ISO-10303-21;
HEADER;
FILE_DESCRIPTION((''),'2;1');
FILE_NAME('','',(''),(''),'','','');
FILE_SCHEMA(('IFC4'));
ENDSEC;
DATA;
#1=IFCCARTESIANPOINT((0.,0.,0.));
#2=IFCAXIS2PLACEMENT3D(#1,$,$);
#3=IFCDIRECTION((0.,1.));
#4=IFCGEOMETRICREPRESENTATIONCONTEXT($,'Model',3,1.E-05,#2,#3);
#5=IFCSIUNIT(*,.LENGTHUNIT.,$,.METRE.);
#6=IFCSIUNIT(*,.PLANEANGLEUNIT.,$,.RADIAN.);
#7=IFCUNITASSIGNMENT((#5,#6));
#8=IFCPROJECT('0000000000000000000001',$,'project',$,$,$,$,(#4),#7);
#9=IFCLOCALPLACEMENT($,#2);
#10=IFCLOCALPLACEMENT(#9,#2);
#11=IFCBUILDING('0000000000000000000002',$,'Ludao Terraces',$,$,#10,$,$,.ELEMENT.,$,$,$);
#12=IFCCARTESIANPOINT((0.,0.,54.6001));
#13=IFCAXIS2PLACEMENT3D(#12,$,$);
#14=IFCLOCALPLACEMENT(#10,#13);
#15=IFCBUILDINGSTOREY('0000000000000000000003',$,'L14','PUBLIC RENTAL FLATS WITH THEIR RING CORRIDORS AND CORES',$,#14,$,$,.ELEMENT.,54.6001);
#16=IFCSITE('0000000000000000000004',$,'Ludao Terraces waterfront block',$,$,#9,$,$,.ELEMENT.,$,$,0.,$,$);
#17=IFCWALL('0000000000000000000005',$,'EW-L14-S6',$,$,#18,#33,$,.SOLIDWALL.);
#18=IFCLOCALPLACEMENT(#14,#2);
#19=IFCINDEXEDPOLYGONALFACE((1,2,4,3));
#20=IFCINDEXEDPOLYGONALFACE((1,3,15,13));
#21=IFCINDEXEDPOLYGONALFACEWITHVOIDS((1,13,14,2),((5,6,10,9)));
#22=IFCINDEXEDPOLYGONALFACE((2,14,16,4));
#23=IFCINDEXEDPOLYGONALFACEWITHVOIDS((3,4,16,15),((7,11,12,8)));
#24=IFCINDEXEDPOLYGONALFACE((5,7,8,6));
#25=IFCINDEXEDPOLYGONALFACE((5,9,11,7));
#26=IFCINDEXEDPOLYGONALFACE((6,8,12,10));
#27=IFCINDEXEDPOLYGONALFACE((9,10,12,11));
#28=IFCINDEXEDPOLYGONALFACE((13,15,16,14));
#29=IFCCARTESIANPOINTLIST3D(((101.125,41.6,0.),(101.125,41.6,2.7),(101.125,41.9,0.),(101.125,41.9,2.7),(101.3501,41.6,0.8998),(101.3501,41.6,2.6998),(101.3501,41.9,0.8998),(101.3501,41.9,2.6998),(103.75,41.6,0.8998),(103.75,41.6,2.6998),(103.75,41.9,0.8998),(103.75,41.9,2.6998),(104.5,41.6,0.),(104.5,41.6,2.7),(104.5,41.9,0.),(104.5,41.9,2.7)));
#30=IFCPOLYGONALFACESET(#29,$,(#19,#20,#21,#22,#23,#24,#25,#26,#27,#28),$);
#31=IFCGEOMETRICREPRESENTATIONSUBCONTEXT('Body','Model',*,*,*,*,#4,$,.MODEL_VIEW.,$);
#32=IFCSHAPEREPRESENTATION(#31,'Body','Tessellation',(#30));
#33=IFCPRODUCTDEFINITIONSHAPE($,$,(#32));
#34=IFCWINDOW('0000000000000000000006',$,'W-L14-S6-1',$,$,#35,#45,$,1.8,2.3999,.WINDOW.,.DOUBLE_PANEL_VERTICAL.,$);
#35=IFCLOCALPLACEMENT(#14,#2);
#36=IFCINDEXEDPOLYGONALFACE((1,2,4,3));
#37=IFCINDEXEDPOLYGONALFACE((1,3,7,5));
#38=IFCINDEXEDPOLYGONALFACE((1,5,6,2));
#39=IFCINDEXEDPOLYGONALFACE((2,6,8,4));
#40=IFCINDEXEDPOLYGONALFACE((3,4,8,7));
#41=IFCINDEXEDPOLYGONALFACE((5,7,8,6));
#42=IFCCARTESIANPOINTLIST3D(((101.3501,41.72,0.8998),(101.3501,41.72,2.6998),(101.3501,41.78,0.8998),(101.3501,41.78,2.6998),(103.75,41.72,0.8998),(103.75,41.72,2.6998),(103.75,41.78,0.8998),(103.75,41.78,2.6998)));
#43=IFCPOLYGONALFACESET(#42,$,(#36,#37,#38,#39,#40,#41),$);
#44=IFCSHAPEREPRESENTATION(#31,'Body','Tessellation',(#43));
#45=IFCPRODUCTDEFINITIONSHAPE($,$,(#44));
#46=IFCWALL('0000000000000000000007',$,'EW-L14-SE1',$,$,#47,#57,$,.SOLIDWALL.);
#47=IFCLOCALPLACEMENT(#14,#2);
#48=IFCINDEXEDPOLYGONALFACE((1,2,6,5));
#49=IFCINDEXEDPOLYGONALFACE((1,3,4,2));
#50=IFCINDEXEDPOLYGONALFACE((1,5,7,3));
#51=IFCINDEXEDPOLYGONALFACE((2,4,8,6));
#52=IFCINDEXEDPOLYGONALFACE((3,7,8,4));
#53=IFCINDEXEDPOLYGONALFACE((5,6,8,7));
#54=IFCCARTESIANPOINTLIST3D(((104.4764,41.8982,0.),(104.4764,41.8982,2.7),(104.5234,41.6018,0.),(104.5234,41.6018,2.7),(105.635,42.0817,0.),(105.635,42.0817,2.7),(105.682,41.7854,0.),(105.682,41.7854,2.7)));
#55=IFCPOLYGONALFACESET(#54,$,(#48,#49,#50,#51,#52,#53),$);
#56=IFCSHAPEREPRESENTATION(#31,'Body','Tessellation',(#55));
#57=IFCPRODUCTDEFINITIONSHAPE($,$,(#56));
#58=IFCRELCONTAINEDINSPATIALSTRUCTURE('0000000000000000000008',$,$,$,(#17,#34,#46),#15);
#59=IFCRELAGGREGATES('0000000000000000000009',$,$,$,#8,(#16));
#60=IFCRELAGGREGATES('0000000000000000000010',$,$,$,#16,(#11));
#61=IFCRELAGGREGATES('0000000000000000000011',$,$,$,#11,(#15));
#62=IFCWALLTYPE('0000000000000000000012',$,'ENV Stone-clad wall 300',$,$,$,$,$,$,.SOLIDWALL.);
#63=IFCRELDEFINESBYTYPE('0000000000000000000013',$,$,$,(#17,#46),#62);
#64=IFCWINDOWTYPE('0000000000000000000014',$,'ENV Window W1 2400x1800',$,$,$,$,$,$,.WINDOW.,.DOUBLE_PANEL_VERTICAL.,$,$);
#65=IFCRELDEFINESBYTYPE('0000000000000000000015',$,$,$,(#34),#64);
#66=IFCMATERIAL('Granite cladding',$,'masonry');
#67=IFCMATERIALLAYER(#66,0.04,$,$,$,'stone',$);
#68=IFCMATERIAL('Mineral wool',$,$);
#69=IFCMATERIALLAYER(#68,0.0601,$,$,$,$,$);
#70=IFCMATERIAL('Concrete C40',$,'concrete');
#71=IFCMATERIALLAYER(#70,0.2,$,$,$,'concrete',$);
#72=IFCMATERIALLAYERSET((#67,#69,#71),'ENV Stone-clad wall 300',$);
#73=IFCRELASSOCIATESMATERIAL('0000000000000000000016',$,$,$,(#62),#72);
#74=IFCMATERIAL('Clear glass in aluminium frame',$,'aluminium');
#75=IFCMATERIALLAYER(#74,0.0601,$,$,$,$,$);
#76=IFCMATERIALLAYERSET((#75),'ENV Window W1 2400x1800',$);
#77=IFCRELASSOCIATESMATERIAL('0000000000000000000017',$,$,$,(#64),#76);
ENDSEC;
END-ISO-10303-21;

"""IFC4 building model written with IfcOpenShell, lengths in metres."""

from ifc_helpers import new_model, si_unit, direction, frame, frame_2d, origin, place, context, subcontext, project, spatial, rectangle, extrude, material, layer, layer_set, type_object, element, fill, save


model = new_model("IFC4")

# Units and contexts
model_context = context("Model", 3, precision=1e-05, world=origin(), true_north=direction((0.0, 1.0)))
body_context = subcontext(model_context, "Body", "Model", "MODEL_VIEW")
ifc_project = project(units=[si_unit("LENGTHUNIT", "METRE"), si_unit("PLANEANGLEUNIT", "RADIAN")], contexts=[model_context])

# Site, building, storey
site_placement = place(None, origin())
site = spatial("IfcSite", under=ifc_project, at=site_placement, Name="Ludao Terraces waterfront block", CompositionType="ELEMENT", RefElevation=0.0)
building_placement = place(site_placement, origin())
building = spatial("IfcBuilding", under=site, at=building_placement, Name="Ludao Terraces", CompositionType="ELEMENT")
storey_placement = place(building_placement, frame((0.0, 0.0, 54.6001)))
storey = spatial("IfcBuildingStorey", under=building, at=storey_placement, Name="L14", Description="PUBLIC RENTAL FLATS WITH THEIR RING CORRIDORS AND CORES", CompositionType="ELEMENT", Elevation=54.6001)

# Wall, opening, window
ifc_material_1 = material(Name="Granite cladding", Category="masonry")
ifc_layer_1 = layer(ifc_material_1, 0.04, Category="stone")
ifc_material_2 = material(Name="Mineral wool")
ifc_layer_2 = layer(ifc_material_2, 0.0601)
ifc_material_3 = material(Name="Concrete C40", Category="concrete")
ifc_layer_3 = layer(ifc_material_3, 0.2, Category="concrete")
ifc_layer_set_1 = layer_set([ifc_layer_1, ifc_layer_2, ifc_layer_3], Name="ENV Stone-clad wall 300")
wall_type_1 = type_object("IfcWallType", Name="ENV Stone-clad wall 300", PredefinedType="SOLIDWALL", material=ifc_layer_set_1)
wall_1_placement = place(storey_placement, frame((101.125, 41.75, 0.0), z_axis=(0.0, 0.0, 1.0), x_axis=(1.0, 0.0, 0.0)))
wall_1 = element("IfcWall", 1, at=wall_1_placement, inside=storey, type_object=wall_type_1, Name="EW-L14-S6", PredefinedType="SOLIDWALL", context=body_context, shape_type="SweptSolid", body=[
    extrude(rectangle(XDim=3.375, YDim=0.3, at=frame_2d((1.6875, 0.0))), origin(), (0.0, 0.0, 1.0), 2.7),
])
opening_1_placement = place(wall_1_placement, frame((0.2251, 0.0, 0.8999)))
opening_1 = element("IfcOpeningElement", 2, at=opening_1_placement, cuts=wall_1, PredefinedType="OPENING", context=body_context, shape_type="SweptSolid", body=[
    extrude(rectangle(XDim=2.3999, YDim=1.8, at=frame_2d((1.2, 0.8999))), frame((0.0, 0.1602, 0.0), z_axis=(0.0, -1.0, 0.0), x_axis=(1.0, 0.0, 0.0)), (0.0, 0.0, 1.0), 0.3201),
])
ifc_material_4 = material(Name="Clear glass in aluminium frame", Category="aluminium")
ifc_layer_4 = layer(ifc_material_4, 0.0601)
ifc_layer_set_2 = layer_set([ifc_layer_4], Name="ENV Window W1 2400x1800")
window_type = type_object("IfcWindowType", Name="ENV Window W1 2400x1800", PartitioningType="DOUBLE_PANEL_VERTICAL", PredefinedType="WINDOW", material=ifc_layer_set_2)
window_placement = place(opening_1_placement, origin())
window = element("IfcWindow", 3, at=window_placement, inside=storey, type_object=window_type, Name="W-L14-S6-1", OverallHeight=1.8, OverallWidth=2.3999, PartitioningType="DOUBLE_PANEL_VERTICAL", PredefinedType="WINDOW", context=body_context, shape_type="SweptSolid", body=[
    extrude(rectangle(XDim=2.3999, YDim=1.8, at=frame_2d((1.2, 0.8999))), frame((0.0, 0.03, 0.0), z_axis=(0.0, -1.0, 0.0), x_axis=(1.0, 0.0, 0.0)), (0.0, 0.0, 1.0), 0.0601),
])
fill(opening_1, window)

# Wall
wall_2_placement = place(storey_placement, frame((104.5, 41.75, 0.0), z_axis=(0.0, 0.0, 1.0), x_axis=(0.987678, 0.156497, 0.0)))
element("IfcWall", 4, at=wall_2_placement, inside=storey, type_object=wall_type_1, Name="EW-L14-SE1", PredefinedType="SOLIDWALL", context=body_context, shape_type="SweptSolid", body=[
    extrude(rectangle(XDim=1.1731, YDim=0.3, at=frame_2d((0.5864, 0.0))), origin(), (0.0, 0.0, 1.0), 2.7),
])

save(model, "model.ifc")
